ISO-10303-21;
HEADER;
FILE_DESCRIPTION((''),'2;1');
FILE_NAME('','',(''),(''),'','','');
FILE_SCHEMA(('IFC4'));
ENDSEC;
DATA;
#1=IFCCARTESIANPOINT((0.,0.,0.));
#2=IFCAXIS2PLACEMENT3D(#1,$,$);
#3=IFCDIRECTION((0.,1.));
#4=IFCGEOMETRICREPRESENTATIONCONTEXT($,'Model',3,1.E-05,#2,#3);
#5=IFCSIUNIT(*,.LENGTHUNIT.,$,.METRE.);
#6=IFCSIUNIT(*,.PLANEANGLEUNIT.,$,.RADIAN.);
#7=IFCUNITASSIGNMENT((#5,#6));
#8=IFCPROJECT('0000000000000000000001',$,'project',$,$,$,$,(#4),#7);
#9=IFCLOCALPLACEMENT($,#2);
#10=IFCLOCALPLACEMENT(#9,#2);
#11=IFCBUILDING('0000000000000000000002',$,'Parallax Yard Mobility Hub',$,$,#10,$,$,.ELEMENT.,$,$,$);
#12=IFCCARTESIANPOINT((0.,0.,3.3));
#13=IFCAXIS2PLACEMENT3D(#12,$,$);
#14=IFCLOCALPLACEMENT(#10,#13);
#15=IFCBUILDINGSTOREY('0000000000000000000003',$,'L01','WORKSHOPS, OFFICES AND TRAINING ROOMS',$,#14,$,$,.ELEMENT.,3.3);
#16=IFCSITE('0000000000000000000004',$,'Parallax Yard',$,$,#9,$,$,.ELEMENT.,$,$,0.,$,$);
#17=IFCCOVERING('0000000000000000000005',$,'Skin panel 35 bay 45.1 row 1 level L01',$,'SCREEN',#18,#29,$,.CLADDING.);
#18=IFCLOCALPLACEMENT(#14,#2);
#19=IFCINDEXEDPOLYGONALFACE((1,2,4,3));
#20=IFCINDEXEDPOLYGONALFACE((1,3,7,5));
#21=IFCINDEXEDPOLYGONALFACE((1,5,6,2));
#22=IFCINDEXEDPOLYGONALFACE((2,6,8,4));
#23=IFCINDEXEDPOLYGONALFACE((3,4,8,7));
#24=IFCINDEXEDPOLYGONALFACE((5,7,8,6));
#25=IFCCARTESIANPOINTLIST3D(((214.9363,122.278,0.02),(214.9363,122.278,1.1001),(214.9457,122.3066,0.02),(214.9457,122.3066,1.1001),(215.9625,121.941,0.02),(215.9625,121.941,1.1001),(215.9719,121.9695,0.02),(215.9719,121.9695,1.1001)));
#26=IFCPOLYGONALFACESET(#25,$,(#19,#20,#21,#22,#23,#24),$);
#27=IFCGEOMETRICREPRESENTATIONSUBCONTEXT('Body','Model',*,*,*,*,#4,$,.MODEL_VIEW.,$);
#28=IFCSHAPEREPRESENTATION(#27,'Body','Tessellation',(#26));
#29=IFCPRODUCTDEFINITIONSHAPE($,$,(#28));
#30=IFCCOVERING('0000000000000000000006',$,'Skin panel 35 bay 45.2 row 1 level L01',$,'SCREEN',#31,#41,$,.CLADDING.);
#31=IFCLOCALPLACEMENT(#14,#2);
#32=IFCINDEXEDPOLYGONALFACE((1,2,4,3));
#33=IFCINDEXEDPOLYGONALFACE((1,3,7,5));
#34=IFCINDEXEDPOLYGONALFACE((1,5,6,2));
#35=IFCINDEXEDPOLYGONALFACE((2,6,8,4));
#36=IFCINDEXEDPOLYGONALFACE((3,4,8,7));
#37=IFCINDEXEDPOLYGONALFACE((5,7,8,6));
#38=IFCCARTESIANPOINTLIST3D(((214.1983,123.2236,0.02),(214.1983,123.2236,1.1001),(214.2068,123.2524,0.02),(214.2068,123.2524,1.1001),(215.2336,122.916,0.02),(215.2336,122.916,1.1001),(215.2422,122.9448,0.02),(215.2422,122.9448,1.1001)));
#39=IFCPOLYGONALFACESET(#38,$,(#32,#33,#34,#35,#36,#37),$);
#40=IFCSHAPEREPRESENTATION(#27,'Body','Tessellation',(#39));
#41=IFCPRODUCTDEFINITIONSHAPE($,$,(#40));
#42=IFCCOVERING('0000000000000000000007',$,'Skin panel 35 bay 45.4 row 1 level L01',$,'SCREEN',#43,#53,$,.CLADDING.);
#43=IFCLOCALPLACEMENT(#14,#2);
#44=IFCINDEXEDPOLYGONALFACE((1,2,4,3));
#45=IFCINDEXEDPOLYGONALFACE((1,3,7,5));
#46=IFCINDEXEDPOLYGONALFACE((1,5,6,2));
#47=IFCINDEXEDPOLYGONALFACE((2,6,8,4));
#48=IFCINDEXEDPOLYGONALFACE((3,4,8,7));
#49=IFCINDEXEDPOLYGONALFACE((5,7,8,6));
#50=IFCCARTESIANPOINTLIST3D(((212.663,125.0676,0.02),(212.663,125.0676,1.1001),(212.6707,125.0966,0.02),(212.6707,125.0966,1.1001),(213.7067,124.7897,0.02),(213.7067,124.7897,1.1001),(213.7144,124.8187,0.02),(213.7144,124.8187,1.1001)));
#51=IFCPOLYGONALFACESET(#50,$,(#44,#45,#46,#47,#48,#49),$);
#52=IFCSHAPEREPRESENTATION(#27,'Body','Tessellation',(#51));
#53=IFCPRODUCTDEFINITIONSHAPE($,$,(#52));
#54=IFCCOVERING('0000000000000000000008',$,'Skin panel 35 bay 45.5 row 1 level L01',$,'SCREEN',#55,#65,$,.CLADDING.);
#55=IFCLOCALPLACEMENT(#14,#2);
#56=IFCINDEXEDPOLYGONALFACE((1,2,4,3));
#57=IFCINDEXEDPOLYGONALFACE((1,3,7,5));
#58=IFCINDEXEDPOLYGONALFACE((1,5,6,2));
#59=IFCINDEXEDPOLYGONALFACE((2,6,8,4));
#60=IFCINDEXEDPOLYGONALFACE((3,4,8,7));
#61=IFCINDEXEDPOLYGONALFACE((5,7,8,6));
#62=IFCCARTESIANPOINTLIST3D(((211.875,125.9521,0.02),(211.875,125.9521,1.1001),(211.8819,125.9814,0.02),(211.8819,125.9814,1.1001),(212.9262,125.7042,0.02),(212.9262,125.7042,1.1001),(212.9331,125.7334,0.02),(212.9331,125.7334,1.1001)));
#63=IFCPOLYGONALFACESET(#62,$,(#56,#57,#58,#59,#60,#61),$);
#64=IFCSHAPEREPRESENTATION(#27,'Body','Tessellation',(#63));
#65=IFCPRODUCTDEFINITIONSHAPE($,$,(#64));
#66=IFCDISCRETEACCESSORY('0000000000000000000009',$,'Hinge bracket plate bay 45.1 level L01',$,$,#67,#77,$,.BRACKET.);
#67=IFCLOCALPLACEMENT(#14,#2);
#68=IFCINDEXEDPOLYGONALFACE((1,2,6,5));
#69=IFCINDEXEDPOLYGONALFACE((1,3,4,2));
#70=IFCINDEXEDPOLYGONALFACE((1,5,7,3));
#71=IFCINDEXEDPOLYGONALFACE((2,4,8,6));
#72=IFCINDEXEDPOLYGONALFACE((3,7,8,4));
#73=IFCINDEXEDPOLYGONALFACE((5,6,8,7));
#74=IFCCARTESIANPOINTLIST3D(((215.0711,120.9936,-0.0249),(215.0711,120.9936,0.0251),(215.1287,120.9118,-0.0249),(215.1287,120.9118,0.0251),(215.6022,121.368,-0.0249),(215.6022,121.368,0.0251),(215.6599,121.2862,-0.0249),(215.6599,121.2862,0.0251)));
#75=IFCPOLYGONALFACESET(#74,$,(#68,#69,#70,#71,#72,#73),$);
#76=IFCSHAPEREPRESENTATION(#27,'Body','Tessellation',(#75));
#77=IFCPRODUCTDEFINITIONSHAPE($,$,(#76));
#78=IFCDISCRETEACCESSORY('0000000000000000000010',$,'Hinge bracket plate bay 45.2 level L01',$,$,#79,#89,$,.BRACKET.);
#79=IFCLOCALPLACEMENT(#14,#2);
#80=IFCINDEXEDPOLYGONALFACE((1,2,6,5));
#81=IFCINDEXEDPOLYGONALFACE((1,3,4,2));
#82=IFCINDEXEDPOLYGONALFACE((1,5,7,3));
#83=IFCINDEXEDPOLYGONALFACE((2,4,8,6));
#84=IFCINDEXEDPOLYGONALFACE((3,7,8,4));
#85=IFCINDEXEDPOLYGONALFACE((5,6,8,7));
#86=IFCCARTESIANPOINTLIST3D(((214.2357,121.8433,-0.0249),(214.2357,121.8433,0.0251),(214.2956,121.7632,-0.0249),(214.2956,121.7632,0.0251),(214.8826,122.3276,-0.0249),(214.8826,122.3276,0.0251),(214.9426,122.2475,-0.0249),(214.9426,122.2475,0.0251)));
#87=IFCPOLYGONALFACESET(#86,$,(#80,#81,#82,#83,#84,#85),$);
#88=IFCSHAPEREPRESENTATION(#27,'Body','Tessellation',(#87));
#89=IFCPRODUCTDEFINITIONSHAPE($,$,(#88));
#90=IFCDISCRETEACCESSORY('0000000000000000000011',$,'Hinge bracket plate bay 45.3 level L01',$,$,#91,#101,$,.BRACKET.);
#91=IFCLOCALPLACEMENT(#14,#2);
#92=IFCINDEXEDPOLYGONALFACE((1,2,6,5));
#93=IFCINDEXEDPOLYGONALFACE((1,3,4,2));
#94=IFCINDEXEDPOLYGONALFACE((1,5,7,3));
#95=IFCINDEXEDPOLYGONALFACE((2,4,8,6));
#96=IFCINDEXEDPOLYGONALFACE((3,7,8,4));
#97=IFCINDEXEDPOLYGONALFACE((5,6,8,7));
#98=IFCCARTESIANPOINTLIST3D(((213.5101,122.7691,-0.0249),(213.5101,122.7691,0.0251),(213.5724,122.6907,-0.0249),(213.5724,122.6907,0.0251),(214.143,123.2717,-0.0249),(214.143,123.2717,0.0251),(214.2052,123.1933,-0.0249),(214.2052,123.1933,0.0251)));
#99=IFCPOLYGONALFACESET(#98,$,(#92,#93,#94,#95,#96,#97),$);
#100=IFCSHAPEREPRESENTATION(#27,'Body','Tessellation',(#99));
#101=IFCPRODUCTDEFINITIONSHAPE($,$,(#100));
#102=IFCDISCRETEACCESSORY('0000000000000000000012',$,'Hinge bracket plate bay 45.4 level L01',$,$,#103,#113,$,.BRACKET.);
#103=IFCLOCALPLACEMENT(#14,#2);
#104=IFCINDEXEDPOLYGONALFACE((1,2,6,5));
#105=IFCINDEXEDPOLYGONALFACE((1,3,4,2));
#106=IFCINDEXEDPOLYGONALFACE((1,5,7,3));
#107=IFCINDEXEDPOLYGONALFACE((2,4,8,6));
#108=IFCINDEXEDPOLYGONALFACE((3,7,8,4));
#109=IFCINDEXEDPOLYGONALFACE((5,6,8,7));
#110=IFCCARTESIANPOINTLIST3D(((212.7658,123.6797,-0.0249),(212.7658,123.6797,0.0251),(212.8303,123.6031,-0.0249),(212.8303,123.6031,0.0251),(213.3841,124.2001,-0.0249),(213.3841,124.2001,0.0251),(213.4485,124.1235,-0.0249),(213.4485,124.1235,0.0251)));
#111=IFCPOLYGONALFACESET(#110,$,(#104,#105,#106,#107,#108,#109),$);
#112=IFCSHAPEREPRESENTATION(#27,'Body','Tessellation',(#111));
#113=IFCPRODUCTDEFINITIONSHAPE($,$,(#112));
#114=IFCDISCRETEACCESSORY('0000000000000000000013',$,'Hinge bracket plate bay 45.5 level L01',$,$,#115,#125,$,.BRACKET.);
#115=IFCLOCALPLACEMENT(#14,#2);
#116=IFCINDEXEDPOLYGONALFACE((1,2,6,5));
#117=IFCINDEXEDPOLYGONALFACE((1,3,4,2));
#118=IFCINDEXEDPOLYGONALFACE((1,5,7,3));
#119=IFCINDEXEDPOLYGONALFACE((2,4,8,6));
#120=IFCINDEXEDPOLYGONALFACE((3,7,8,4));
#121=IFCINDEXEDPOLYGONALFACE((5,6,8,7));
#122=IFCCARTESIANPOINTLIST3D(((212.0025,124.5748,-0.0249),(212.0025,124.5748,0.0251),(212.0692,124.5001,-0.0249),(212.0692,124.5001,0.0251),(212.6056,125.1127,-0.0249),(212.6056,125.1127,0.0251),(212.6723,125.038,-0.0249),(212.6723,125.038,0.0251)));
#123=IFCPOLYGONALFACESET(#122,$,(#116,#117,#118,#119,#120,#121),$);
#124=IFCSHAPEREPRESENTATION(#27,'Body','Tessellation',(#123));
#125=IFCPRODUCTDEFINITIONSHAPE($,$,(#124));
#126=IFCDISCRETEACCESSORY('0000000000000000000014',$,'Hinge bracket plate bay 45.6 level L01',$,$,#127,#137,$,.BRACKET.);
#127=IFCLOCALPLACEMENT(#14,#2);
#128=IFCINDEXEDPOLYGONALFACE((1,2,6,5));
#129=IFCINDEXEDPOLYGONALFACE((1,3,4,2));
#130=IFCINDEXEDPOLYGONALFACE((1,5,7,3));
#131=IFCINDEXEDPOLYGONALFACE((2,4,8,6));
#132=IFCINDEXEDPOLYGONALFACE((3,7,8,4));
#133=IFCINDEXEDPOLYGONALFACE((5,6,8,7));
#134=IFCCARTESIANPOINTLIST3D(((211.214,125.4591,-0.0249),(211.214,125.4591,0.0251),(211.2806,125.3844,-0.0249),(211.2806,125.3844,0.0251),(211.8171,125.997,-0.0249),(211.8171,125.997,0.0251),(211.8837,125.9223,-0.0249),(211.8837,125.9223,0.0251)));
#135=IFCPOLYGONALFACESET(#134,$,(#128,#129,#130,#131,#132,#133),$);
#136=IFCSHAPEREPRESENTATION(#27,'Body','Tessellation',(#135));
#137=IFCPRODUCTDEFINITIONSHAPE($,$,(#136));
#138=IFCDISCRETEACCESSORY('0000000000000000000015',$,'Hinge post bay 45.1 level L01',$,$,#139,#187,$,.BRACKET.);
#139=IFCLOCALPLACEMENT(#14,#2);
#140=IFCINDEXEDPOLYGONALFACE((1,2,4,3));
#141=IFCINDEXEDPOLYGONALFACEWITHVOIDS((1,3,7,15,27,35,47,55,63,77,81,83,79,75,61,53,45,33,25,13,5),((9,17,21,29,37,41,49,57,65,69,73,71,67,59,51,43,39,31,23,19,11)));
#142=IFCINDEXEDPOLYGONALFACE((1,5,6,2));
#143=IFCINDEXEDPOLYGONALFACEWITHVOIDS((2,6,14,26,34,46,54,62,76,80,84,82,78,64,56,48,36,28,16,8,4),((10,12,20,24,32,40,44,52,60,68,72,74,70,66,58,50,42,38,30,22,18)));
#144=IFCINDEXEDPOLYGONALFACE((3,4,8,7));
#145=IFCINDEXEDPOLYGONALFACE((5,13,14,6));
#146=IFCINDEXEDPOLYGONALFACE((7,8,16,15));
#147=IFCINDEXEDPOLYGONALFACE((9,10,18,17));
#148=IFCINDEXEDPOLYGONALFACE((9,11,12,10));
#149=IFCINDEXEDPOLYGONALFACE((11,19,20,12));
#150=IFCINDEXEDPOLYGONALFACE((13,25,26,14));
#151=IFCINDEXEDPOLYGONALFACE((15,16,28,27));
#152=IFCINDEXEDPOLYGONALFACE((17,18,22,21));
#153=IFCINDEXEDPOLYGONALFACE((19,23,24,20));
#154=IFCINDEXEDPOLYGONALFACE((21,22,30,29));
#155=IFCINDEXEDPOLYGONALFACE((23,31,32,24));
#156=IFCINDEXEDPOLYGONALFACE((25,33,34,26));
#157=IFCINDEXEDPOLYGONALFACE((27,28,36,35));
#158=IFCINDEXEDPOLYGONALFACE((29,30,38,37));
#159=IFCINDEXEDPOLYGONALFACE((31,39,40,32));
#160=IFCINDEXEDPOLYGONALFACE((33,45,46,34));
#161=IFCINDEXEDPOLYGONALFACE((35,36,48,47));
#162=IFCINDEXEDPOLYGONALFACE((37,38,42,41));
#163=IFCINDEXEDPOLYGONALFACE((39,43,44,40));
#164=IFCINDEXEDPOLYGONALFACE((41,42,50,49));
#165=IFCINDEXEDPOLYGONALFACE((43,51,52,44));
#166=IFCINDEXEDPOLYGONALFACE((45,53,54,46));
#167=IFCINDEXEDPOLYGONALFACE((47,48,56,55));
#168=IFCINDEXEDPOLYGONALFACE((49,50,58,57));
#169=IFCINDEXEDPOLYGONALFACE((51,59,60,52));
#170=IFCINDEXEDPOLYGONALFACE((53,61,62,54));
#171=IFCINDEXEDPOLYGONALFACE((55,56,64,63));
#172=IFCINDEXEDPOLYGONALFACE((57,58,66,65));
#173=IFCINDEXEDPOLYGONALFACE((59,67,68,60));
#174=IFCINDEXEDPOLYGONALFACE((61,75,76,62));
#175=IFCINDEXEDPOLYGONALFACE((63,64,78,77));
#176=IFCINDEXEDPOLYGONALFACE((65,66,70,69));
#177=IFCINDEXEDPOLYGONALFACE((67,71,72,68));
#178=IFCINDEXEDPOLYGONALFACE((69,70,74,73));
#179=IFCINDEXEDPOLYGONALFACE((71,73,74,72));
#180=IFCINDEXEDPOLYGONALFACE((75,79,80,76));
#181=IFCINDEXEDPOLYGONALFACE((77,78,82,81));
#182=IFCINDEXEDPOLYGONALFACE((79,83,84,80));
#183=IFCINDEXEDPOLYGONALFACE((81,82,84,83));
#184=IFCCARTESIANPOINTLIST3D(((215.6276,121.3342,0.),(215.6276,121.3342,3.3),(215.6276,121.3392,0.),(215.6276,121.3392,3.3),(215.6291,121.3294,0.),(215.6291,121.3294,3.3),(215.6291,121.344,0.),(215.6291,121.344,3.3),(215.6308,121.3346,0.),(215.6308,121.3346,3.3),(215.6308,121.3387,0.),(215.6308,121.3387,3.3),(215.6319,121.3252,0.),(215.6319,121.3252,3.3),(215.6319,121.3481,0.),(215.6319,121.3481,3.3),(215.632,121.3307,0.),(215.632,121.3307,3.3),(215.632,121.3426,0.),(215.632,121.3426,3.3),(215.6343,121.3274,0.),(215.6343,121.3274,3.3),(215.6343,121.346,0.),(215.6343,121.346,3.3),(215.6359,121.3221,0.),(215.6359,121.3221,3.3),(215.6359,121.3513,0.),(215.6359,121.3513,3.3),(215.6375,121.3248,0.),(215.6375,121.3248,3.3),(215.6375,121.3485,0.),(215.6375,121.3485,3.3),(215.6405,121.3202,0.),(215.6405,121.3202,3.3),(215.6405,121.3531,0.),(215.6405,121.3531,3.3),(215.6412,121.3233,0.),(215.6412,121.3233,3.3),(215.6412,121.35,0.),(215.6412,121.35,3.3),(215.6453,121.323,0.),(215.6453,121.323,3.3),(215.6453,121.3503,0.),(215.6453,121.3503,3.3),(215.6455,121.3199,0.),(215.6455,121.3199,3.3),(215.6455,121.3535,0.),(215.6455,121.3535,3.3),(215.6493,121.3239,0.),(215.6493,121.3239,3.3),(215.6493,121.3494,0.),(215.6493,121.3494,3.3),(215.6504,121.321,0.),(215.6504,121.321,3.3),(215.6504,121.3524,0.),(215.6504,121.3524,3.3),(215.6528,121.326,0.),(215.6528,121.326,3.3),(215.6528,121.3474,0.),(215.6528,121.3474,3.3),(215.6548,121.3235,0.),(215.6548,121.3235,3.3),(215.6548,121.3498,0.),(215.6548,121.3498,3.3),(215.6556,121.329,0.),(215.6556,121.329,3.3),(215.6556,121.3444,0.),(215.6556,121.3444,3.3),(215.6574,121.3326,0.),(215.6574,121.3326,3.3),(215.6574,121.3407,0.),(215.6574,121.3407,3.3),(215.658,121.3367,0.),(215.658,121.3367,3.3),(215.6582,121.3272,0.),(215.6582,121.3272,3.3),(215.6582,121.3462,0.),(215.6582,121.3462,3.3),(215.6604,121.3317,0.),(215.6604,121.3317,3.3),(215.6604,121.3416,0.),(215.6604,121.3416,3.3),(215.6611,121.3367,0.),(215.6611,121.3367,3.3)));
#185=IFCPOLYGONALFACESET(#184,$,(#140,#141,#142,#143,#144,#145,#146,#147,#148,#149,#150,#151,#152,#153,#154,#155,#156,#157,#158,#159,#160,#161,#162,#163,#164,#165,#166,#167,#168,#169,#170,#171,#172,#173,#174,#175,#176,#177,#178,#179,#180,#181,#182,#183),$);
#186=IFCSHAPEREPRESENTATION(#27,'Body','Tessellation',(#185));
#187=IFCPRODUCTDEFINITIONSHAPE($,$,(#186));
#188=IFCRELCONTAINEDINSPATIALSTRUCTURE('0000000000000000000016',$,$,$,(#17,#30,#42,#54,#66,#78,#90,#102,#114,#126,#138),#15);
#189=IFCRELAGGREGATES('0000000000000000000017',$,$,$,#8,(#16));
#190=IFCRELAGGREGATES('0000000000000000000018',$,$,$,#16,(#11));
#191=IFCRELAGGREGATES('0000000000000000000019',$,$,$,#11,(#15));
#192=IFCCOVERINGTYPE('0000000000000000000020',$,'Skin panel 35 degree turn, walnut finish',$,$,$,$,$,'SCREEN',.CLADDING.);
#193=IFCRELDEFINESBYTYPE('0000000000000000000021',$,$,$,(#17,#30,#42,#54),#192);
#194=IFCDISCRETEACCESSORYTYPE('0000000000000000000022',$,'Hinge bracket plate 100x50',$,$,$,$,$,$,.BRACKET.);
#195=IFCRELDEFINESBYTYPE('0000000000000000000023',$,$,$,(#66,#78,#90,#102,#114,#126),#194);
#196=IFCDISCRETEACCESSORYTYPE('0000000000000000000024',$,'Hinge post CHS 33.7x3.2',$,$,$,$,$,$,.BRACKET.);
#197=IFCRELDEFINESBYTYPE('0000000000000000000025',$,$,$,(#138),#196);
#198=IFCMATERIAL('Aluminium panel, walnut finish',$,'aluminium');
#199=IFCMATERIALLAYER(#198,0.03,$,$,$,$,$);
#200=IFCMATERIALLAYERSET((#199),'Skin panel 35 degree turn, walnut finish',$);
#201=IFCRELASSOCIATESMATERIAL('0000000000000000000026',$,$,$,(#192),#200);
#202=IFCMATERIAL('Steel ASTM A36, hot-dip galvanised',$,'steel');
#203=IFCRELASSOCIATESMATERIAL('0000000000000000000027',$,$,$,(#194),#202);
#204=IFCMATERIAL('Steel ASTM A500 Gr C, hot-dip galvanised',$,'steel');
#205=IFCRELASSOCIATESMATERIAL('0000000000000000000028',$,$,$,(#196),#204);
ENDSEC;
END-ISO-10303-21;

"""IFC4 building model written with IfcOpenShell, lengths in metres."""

from ifc_helpers import new_model, si_unit, direction, frame, origin, origin_2d, place, context, subcontext, project, spatial, rectangle, hollow_circle, extrude, material, layer, layer_set, material_profile, profile_set, type_object, element, save


model = new_model("IFC4")

# Units and contexts
model_context = context("Model", 3, precision=1e-05, world=origin(), true_north=direction((0.0, 1.0)))
body_context = subcontext(model_context, "Body", "Model", "MODEL_VIEW")
ifc_project = project(units=[si_unit("LENGTHUNIT", "METRE"), si_unit("PLANEANGLEUNIT", "RADIAN")], contexts=[model_context])

# Site, building, storey
site_placement = place(None, origin())
site = spatial("IfcSite", under=ifc_project, at=site_placement, Name="Parallax Yard", CompositionType="ELEMENT", RefElevation=0.0)
building_placement = place(site_placement, origin())
building = spatial("IfcBuilding", under=site, at=building_placement, Name="Parallax Yard Mobility Hub", CompositionType="ELEMENT")
storey_placement = place(building_placement, frame((0.0, 0.0, 3.3)))
storey = spatial("IfcBuildingStorey", under=building, at=storey_placement, Name="L01", Description="WORKSHOPS, OFFICES AND TRAINING ROOMS", CompositionType="ELEMENT", Elevation=3.3)

# Coverings
ifc_material_1 = material(Name="Aluminium panel, walnut finish", Category="aluminium")
ifc_layer_1 = layer(ifc_material_1, 0.03)
ifc_layer_set_1 = layer_set([ifc_layer_1], Name="Skin panel 35 degree turn, walnut finish")
covering_type_1 = type_object("IfcCoveringType", Name="Skin panel 35 degree turn, walnut finish", ElementType="SCREEN", PredefinedType="CLADDING", material=ifc_layer_set_1)
for number, where, z_axis, x_axis, name in (
    (1, (215.4541, 122.1238, 0.02), (0.0, 0.0, 1.0), (0.950071, -0.312033, 0.0), "Skin panel 35 bay 45.1 row 1 level L01"),
    (2, (214.7202, 123.0842, 0.02), (0.0, 0.0, 1.0), (0.958594, -0.284777, 0.0), "Skin panel 35 bay 45.2 row 1 level L01"),
    (3, (213.1887, 124.9431, 0.02), (0.0, 0.0, 1.0), (0.966335, -0.257286, 0.0), "Skin panel 35 bay 45.4 row 1 level L01"),
    (4, (212.4041, 125.8428, 0.02), (0.0, 0.0, 1.0), (0.973288, -0.229586, 0.0), "Skin panel 35 bay 45.5 row 1 level L01"),
):
    element("IfcCovering", number, at=place(storey_placement, frame(where, z_axis=z_axis, x_axis=x_axis)), inside=storey, type_object=covering_type_1, Name=name, ObjectType="SCREEN", PredefinedType="CLADDING", context=body_context, shape_type="SweptSolid", body=[
        extrude(rectangle(XDim=1.0801, YDim=0.03, at=origin_2d()), origin(), (0.0, 0.0, 1.0), 1.0801),
    ])

# Discrete accessories
ifc_material_2 = material(Name="Steel ASTM A36, hot-dip galvanised", Category="steel")
discrete_accessory_type_1 = type_object("IfcDiscreteAccessoryType", Name="Hinge bracket plate 100x50", PredefinedType="BRACKET", material=ifc_material_2)
discrete_accessory_placement = place(storey_placement, frame((215.3655, 121.1399, -0.0249), z_axis=(0.0, 0.0, 1.0), x_axis=(0.817328, 0.576173, 0.0)))
element("IfcDiscreteAccessory", 5, at=discrete_accessory_placement, inside=storey, type_object=discrete_accessory_type_1, Name="Hinge bracket plate bay 45.1 level L01", PredefinedType="BRACKET", context=body_context, shape_type="SweptSolid", body=[
    extrude(rectangle(XDim=0.6499, YDim=0.1001, at=origin_2d()), origin(), (0.0, 0.0, 1.0), 0.05),
])
for number, where, z_axis, x_axis, name in (
    (6, (214.5891, 122.0454, -0.0249), (0.0, 0.0, 1.0), (0.800541, 0.599278, 0.0), "Hinge bracket plate bay 45.2 level L01"),
    (7, (213.8577, 122.9812, -0.0249), (0.0, 0.0, 1.0), (0.783102, 0.621893, 0.0), "Hinge bracket plate bay 45.3 level L01"),
    (8, (213.1072, 123.9016, -0.0249), (0.0, 0.0, 1.0), (0.765024, 0.644002, 0.0), "Hinge bracket plate bay 45.4 level L01"),
    (9, (212.3374, 124.8064, -0.0249), (0.0, 0.0, 1.0), (0.746321, 0.665586, 0.0), "Hinge bracket plate bay 45.5 level L01"),
    (10, (211.5488, 125.6907, -0.0249), (0.0, 0.0, 1.0), (0.746321, 0.665586, 0.0), "Hinge bracket plate bay 45.6 level L01"),
):
    element("IfcDiscreteAccessory", number, at=place(storey_placement, frame(where, z_axis=z_axis, x_axis=x_axis)), inside=storey, type_object=discrete_accessory_type_1, Name=name, PredefinedType="BRACKET", context=body_context, shape_type="SweptSolid", body=[
        extrude(rectangle(XDim=0.8081, YDim=0.1001, at=origin_2d()), origin(), (0.0, 0.0, 1.0), 0.05),
    ])
ifc_material_3 = material(Name="Steel ASTM A500 Gr C, hot-dip galvanised", Category="steel")
ifc_material_profile = material_profile(ifc_material_3, hollow_circle(Radius=0.0168, WallThickness=0.0032, at=origin_2d()), Name="CHS 33.7x3.2")
ifc_profile_set = profile_set([ifc_material_profile], Name="Steel ASTM A500 Gr C, hot-dip galvanised")
discrete_accessory_type_2 = type_object("IfcDiscreteAccessoryType", Name="Hinge post CHS 33.7x3.2", PredefinedType="BRACKET", material=ifc_profile_set)
for number, where, z_axis, x_axis, name in (
    (11, (215.6443, 121.3367, 0.0), (0.0, 0.0, 1.0), (1.0, 0.0, 0.0), "Hinge post bay 45.1 level L01"),
):
    element("IfcDiscreteAccessory", number, at=place(storey_placement, frame(where, z_axis=z_axis, x_axis=x_axis)), inside=storey, type_object=discrete_accessory_type_2, Name=name, PredefinedType="BRACKET", context=body_context, shape_type="SweptSolid", body=[
        extrude(hollow_circle(Radius=0.0168, WallThickness=0.0032, at=origin_2d()), origin(), (0.0, 0.0, 1.0), 3.3),
    ])

save(model, "model.ifc")
